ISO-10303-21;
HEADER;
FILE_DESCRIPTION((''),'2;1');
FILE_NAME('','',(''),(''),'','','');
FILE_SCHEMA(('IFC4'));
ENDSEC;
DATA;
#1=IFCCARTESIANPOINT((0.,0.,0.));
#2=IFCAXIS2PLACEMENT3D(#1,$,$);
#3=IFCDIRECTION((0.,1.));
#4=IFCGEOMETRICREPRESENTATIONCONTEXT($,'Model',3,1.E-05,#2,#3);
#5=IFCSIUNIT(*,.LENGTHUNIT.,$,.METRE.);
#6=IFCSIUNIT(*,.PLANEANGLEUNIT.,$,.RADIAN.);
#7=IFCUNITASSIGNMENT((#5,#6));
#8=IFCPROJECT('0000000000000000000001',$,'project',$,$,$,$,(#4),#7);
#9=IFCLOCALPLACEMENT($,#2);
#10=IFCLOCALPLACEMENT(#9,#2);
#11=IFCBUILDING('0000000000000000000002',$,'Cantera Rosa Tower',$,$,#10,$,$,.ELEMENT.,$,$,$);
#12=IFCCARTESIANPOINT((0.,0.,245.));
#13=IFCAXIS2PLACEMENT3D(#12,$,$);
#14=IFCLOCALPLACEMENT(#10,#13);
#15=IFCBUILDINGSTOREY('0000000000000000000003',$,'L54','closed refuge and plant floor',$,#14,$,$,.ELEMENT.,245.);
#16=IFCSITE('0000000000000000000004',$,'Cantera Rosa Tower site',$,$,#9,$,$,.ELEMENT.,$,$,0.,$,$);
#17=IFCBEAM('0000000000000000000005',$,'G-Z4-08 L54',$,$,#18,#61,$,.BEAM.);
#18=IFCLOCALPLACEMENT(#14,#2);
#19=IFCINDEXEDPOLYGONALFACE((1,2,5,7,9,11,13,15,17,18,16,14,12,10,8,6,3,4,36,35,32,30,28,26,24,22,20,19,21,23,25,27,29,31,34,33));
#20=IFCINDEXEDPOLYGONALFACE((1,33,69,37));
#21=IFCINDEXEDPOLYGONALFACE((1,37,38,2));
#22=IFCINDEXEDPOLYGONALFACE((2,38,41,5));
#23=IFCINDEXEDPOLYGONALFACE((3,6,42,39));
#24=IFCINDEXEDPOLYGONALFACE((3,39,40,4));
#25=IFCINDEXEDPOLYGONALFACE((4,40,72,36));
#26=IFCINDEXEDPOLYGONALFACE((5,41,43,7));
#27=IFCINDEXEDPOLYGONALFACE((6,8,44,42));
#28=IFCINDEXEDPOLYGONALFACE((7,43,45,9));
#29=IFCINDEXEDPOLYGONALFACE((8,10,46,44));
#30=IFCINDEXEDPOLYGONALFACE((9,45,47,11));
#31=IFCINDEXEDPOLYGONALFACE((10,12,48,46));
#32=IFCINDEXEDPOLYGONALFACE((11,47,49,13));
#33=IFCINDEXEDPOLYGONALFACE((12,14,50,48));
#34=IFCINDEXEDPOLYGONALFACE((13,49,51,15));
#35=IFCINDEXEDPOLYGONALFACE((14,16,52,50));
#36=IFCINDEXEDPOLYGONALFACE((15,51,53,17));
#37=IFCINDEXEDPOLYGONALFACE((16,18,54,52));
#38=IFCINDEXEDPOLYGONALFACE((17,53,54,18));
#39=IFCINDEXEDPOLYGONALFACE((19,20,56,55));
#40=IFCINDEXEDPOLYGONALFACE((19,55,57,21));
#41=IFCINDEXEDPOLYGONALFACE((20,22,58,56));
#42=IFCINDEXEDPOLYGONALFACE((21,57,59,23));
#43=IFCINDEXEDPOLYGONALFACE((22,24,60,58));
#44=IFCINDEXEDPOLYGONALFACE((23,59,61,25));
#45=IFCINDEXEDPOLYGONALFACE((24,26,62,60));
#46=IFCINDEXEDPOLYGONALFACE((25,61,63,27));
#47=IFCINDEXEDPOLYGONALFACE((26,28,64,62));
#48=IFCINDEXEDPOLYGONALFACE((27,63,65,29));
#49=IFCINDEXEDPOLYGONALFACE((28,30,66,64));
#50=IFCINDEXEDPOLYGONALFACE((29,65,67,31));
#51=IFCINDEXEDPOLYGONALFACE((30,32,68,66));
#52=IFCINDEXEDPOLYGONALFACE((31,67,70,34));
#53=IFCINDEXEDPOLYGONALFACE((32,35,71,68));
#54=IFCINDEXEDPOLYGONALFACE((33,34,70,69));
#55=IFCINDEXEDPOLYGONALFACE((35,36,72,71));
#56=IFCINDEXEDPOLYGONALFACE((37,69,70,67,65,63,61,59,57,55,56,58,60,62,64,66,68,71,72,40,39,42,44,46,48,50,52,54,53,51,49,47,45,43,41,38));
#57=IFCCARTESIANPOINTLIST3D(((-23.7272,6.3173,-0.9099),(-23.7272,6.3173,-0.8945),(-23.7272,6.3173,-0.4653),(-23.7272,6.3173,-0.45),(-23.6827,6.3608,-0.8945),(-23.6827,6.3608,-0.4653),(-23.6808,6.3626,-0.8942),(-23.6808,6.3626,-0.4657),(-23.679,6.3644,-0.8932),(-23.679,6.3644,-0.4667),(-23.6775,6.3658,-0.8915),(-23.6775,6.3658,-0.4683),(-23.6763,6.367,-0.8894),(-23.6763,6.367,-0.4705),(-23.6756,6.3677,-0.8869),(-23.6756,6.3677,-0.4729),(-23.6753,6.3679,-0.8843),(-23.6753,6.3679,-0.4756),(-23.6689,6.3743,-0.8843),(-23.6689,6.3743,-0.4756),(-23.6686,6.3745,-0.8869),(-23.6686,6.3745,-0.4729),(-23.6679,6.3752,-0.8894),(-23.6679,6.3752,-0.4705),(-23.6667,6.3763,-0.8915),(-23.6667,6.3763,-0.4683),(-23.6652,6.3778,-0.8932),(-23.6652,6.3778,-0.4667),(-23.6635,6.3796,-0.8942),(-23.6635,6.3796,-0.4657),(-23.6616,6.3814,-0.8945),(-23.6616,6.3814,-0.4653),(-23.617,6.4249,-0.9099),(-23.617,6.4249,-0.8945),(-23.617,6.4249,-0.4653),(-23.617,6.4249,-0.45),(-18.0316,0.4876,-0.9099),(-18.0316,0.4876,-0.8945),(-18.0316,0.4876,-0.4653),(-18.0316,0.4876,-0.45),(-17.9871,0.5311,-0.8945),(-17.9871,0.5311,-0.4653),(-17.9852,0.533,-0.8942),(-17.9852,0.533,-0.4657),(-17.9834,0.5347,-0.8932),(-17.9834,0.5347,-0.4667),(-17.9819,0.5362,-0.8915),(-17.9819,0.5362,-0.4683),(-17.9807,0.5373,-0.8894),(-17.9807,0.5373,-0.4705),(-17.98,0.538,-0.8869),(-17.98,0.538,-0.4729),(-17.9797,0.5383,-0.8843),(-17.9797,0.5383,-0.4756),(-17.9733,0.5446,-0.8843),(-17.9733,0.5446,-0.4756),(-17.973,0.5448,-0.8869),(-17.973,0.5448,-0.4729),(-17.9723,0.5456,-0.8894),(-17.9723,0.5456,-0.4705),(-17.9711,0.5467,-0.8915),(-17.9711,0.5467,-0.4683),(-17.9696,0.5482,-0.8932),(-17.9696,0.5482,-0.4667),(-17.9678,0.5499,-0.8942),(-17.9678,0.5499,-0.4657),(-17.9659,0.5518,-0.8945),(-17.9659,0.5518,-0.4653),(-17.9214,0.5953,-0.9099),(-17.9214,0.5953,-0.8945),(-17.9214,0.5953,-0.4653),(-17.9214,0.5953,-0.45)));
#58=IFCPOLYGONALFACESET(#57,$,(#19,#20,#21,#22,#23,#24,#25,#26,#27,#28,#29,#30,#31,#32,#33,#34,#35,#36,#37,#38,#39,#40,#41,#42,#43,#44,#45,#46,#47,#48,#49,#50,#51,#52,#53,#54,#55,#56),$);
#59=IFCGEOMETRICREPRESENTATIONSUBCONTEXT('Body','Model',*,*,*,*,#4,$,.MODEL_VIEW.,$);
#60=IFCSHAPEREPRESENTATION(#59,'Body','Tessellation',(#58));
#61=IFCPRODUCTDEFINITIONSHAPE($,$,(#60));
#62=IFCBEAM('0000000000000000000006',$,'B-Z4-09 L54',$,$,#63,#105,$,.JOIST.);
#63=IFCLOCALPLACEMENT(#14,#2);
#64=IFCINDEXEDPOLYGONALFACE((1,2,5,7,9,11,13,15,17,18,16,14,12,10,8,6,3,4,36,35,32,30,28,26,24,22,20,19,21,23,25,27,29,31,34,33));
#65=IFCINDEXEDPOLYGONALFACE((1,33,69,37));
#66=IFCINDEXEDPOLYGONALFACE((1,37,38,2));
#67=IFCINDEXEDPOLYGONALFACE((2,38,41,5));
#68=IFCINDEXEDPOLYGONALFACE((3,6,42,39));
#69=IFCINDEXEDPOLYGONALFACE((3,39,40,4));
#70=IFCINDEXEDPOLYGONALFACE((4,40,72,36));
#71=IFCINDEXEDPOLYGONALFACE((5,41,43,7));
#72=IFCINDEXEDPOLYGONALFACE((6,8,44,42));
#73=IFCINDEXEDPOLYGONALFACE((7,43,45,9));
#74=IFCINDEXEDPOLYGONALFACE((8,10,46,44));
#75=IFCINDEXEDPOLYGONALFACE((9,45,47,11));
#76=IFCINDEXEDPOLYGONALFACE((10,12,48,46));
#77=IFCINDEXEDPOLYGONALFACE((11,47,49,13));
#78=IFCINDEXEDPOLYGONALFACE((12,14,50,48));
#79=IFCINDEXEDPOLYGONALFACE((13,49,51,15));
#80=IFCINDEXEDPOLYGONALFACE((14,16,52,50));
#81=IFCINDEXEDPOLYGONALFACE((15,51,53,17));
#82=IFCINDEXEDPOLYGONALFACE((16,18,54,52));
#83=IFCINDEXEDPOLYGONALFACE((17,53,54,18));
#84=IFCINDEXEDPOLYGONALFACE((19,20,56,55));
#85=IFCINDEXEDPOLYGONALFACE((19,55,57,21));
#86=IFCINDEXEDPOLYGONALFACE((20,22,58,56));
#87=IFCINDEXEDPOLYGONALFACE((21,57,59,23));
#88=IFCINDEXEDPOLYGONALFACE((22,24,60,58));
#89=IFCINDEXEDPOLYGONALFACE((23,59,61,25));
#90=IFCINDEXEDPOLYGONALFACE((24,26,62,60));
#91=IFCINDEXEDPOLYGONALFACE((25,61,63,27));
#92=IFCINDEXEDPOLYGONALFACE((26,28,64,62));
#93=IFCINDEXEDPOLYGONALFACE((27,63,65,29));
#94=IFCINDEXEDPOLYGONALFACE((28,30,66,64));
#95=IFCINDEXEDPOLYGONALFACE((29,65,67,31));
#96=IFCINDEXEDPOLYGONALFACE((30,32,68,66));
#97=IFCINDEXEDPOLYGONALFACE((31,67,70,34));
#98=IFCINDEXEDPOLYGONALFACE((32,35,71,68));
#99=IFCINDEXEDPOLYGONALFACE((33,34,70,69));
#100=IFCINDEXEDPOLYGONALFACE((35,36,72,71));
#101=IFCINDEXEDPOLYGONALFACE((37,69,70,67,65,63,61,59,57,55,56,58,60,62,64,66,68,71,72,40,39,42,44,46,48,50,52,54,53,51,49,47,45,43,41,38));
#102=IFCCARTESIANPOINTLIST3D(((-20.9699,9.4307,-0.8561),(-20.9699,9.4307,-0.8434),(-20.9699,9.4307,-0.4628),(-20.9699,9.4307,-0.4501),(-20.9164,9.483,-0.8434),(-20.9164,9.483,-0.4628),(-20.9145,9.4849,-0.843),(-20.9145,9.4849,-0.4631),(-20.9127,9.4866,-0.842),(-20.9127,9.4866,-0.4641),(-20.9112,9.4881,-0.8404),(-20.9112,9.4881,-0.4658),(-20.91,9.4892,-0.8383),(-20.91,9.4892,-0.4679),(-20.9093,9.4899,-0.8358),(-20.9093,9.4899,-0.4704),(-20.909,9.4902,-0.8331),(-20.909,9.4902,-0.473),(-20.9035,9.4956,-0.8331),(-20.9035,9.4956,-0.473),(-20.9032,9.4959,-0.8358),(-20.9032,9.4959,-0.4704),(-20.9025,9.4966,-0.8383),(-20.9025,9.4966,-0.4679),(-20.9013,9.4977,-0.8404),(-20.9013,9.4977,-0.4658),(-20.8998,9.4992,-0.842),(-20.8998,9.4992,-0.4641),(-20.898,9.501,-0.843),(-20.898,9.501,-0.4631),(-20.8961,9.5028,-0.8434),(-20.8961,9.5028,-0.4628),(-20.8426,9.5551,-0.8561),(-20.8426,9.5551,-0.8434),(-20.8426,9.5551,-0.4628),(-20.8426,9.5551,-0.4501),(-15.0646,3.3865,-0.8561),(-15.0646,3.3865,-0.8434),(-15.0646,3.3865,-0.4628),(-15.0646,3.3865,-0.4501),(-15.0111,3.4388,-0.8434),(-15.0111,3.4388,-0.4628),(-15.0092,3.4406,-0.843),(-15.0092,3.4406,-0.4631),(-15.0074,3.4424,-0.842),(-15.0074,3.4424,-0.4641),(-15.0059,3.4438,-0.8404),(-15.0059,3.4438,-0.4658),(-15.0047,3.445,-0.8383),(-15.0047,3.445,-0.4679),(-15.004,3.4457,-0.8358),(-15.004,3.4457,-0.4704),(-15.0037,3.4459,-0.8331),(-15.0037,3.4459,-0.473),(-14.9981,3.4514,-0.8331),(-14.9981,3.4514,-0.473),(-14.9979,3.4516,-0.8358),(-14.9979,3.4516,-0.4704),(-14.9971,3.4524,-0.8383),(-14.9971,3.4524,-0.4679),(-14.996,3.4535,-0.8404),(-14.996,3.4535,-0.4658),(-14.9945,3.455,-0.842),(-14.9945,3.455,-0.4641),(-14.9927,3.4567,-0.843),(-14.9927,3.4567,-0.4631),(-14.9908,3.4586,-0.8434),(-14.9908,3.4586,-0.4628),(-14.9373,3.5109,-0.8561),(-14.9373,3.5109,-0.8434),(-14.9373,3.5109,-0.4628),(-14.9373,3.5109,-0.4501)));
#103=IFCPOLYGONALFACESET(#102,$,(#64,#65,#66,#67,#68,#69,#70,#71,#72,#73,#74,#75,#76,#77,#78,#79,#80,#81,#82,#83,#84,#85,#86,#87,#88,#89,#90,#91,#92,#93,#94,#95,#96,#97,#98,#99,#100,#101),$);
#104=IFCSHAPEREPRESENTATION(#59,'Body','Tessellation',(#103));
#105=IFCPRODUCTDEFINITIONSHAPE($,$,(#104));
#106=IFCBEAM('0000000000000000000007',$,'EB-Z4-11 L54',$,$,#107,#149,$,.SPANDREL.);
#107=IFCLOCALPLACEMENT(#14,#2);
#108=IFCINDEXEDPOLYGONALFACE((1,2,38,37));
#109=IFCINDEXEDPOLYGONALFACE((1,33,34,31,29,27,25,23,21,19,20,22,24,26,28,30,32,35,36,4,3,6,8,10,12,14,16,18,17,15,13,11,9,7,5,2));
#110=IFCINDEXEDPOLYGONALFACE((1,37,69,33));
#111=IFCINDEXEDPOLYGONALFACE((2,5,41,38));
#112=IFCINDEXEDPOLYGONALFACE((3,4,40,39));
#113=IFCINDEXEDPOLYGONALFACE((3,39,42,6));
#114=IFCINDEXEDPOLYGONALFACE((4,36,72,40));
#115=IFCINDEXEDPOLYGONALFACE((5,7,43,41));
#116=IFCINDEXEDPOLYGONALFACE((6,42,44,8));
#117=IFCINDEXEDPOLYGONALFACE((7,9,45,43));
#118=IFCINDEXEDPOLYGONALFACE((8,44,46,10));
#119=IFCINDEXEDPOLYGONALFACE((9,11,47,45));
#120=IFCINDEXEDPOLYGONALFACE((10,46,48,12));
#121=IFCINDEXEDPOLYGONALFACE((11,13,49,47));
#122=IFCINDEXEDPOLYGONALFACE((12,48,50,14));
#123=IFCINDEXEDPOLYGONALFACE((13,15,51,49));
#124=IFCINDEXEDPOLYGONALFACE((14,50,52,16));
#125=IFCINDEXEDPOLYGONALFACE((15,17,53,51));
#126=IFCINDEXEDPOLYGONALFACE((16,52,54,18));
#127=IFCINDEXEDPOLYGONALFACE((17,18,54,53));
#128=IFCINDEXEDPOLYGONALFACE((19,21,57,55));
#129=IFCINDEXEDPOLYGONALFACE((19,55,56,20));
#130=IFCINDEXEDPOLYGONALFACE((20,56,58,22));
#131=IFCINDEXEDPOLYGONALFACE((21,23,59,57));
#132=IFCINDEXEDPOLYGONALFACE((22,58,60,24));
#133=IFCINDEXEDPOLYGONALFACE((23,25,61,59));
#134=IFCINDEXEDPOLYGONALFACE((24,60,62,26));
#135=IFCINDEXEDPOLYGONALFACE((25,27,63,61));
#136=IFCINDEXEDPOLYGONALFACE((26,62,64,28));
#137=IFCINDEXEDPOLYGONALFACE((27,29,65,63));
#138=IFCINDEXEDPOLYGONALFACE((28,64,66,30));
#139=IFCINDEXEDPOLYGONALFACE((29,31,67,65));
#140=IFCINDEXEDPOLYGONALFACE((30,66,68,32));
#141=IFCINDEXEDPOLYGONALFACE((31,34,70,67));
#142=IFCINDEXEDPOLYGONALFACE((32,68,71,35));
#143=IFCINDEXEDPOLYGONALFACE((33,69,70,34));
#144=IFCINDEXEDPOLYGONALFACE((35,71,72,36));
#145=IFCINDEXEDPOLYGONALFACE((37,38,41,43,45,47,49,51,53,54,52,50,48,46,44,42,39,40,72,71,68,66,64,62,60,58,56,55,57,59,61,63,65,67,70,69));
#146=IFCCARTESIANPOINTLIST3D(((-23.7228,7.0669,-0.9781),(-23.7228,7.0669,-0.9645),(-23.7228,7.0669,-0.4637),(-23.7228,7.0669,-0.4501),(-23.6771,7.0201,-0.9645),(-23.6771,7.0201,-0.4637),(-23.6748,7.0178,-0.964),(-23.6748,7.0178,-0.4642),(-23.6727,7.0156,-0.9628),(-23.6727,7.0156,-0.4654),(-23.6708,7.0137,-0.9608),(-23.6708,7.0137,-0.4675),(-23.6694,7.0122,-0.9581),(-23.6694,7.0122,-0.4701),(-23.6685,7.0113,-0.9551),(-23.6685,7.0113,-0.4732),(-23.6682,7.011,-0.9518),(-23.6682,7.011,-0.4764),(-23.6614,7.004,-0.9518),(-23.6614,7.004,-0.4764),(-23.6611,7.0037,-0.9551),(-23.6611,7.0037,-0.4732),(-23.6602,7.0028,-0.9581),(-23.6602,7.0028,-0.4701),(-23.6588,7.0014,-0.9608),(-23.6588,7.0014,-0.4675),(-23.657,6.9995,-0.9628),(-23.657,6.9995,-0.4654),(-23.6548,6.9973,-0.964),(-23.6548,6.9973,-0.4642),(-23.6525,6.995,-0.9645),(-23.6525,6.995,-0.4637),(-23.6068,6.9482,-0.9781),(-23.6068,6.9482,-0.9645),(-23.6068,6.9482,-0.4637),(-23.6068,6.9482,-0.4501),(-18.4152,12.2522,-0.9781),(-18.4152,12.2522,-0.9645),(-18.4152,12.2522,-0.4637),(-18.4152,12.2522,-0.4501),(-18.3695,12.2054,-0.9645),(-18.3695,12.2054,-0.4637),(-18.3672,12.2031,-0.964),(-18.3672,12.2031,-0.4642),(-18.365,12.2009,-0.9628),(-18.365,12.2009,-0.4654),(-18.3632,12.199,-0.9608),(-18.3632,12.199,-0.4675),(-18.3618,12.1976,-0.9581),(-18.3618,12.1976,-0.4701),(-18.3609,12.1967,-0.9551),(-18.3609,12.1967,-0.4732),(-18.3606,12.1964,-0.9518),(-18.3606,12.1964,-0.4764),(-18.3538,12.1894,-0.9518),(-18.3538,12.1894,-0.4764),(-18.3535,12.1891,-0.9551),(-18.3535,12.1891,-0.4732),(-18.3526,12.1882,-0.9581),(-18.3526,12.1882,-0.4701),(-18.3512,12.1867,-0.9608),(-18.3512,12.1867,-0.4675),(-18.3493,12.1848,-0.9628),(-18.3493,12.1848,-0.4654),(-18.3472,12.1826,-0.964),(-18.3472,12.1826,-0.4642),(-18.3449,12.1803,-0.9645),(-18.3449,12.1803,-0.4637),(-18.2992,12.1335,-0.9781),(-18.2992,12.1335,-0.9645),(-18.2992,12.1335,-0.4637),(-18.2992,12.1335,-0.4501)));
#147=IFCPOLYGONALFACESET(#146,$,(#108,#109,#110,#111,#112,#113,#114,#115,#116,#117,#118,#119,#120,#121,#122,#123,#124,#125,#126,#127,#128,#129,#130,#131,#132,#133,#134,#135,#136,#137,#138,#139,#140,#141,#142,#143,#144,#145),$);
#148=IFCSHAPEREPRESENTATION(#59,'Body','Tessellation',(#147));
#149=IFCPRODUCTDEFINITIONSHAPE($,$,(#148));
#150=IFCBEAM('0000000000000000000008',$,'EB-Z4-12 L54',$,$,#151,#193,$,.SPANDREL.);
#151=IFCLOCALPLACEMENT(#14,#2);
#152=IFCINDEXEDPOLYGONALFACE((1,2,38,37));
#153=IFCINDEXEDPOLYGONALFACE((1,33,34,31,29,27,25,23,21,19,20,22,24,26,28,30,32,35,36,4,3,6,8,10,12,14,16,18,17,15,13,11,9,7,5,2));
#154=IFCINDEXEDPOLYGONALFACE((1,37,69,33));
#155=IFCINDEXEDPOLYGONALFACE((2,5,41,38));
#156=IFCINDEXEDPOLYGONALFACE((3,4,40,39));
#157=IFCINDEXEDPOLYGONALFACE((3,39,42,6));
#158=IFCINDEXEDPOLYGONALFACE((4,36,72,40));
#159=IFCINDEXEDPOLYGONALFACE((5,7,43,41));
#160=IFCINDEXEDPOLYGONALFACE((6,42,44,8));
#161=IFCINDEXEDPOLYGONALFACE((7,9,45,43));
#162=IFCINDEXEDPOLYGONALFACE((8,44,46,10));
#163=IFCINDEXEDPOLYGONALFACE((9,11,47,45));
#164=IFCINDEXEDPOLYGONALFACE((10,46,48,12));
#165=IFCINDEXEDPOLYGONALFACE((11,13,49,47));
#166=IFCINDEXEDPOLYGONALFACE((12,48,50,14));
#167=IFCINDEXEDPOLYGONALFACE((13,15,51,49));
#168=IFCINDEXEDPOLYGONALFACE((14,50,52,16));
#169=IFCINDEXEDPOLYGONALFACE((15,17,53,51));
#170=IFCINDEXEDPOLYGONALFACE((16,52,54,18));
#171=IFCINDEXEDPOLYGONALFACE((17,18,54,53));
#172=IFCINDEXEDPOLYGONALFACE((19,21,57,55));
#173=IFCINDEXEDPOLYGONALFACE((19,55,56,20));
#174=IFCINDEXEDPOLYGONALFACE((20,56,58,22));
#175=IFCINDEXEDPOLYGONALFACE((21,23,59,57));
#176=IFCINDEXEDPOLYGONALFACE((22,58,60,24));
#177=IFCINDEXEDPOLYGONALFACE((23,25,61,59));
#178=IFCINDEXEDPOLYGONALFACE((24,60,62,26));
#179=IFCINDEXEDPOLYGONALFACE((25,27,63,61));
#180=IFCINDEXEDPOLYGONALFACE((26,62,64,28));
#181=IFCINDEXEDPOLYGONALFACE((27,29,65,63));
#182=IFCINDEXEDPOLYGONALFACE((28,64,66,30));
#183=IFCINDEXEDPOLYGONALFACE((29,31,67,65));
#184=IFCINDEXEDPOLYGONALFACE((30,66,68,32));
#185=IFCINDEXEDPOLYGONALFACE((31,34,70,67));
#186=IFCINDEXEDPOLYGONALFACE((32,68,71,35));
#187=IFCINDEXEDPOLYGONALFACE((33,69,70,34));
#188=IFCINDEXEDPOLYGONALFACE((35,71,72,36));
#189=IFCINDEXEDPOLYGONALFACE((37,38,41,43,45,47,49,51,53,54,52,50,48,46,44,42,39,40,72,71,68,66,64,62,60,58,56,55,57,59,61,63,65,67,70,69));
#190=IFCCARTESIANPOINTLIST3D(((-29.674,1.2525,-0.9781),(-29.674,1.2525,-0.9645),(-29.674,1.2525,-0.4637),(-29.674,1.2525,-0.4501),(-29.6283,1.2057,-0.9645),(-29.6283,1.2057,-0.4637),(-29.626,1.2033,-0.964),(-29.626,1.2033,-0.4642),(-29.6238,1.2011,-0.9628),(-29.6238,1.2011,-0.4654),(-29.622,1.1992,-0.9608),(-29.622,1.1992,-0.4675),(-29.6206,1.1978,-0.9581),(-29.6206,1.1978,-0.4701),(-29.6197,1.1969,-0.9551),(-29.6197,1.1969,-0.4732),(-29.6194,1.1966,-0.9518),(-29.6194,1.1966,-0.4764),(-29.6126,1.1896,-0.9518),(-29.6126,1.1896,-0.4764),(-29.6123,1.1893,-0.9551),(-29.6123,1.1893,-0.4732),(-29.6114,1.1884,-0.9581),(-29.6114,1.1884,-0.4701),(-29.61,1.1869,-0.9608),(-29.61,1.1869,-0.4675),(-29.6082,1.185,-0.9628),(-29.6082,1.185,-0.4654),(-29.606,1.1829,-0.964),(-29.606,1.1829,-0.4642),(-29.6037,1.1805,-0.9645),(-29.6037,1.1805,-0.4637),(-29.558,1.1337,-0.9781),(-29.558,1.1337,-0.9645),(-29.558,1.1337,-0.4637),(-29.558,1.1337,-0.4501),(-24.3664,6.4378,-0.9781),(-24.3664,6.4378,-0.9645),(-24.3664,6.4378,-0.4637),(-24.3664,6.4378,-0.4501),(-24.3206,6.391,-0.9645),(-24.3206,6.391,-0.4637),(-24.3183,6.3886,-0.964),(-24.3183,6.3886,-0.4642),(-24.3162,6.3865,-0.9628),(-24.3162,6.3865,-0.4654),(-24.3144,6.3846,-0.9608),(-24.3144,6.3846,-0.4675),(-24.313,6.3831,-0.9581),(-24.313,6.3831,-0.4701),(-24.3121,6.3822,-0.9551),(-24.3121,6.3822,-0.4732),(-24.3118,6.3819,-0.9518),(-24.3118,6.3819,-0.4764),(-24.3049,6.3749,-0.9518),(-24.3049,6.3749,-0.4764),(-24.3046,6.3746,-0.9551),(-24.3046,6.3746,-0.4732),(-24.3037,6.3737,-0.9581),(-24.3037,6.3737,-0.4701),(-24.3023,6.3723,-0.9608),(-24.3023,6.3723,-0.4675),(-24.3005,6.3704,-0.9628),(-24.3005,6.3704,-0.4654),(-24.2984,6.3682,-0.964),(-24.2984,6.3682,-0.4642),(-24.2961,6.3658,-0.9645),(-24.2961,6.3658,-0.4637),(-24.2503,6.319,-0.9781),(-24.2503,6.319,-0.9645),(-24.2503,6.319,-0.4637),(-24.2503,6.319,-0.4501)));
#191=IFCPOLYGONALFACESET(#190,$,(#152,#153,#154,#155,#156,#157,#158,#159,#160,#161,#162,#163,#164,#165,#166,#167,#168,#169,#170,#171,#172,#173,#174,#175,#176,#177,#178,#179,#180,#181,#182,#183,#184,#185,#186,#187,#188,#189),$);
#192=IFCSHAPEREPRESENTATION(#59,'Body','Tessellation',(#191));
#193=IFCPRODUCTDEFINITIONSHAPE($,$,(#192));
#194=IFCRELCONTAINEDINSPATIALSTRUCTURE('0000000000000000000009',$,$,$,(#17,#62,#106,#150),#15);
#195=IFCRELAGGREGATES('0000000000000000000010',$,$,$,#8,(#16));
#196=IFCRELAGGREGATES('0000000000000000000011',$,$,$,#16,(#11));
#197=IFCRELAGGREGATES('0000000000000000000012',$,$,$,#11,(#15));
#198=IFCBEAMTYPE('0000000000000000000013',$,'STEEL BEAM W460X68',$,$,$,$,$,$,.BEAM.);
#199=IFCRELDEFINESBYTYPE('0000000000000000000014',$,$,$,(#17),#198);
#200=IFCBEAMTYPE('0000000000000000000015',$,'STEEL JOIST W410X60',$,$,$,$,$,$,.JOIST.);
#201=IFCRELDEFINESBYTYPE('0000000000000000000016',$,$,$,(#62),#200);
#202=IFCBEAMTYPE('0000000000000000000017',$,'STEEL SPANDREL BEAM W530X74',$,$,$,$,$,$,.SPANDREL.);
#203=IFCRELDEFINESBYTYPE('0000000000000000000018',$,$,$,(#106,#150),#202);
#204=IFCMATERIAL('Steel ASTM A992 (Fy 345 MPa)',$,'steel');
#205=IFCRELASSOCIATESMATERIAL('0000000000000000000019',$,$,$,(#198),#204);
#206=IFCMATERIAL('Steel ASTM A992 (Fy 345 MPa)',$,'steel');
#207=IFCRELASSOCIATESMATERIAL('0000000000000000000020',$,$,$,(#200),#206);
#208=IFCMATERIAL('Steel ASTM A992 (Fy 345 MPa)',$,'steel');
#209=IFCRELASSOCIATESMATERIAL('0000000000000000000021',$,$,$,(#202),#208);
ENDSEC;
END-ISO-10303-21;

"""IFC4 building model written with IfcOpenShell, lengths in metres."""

from ifc_helpers import new_model, si_unit, direction, frame, origin, origin_2d, place, context, subcontext, project, spatial, i_section, extrude, material, material_profile, profile_set, type_object, element, save


model = new_model("IFC4")

# Units and contexts
model_context = context("Model", 3, precision=1e-05, world=origin(), true_north=direction((0.0, 1.0)))
body_context = subcontext(model_context, "Body", "Model", "MODEL_VIEW")
ifc_project = project(units=[si_unit("LENGTHUNIT", "METRE"), si_unit("PLANEANGLEUNIT", "RADIAN")], contexts=[model_context])

# Site, building, storey
site_placement = place(None, origin())
site = spatial("IfcSite", under=ifc_project, at=site_placement, Name="Cantera Rosa Tower site", CompositionType="ELEMENT", RefElevation=0.0)
building_placement = place(site_placement, origin())
building = spatial("IfcBuilding", under=site, at=building_placement, Name="Cantera Rosa Tower", CompositionType="ELEMENT")
storey_placement = place(building_placement, frame((0.0, 0.0, 245.0)))
storey = spatial("IfcBuildingStorey", under=building, at=storey_placement, Name="L54", Description="closed refuge and plant floor", CompositionType="ELEMENT", Elevation=245.0)

# Beams
ifc_material_1 = material(Name="Steel ASTM A992 (Fy 345 MPa)", Category="steel")
ifc_material_profile_1 = material_profile(ifc_material_1, i_section(OverallWidth=0.1541, OverallDepth=0.46, WebThickness=0.009, FlangeThickness=0.0154, FilletRadius=0.0103, at=origin_2d()), Name="W460X68")
ifc_profile_set_1 = profile_set([ifc_material_profile_1], Name="Steel ASTM A992 (Fy 345 MPa)")
beam_type_1 = type_object("IfcBeamType", Name="STEEL BEAM W460X68", PredefinedType="BEAM", material=ifc_profile_set_1)
beam_1_placement = place(storey_placement, frame((-23.6721, 6.3711, -0.6799), z_axis=(0.698836, -0.715282, 0.0), x_axis=(0.715282, 0.698836, 0.0)))
element("IfcBeam", 1, at=beam_1_placement, inside=storey, type_object=beam_type_1, Name="G-Z4-08 L54", PredefinedType="BEAM", context=body_context, shape_type="SweptSolid", body=[
    extrude(i_section(OverallWidth=0.1541, OverallDepth=0.46, WebThickness=0.009, FlangeThickness=0.0154, FilletRadius=0.0103, at=origin_2d()), origin(), (0.0, 0.0, 1.0), 8.1501),
])
ifc_material_2 = material(Name="Steel ASTM A992 (Fy 345 MPa)", Category="steel")
ifc_material_profile_2 = material_profile(ifc_material_2, i_section(OverallWidth=0.178, OverallDepth=0.406, WebThickness=0.0078, FlangeThickness=0.0127, FilletRadius=0.0103, at=origin_2d()), Name="W410X60")
ifc_profile_set_2 = profile_set([ifc_material_profile_2], Name="Steel ASTM A992 (Fy 345 MPa)")
beam_type_2 = type_object("IfcBeamType", Name="STEEL JOIST W410X60", PredefinedType="JOIST", material=ifc_profile_set_2)
beam_2_placement = place(storey_placement, frame((-20.9062, 9.4929, -0.6531), z_axis=(0.698839, -0.715279, 0.0), x_axis=(0.715279, 0.698839, 0.0)))
element("IfcBeam", 2, at=beam_2_placement, inside=storey, type_object=beam_type_2, Name="B-Z4-09 L54", PredefinedType="JOIST", context=body_context, shape_type="SweptSolid", body=[
    extrude(i_section(OverallWidth=0.178, OverallDepth=0.406, WebThickness=0.0078, FlangeThickness=0.0127, FilletRadius=0.0103, at=origin_2d()), origin(), (0.0, 0.0, 1.0), 8.4502),
])
ifc_material_3 = material(Name="Steel ASTM A992 (Fy 345 MPa)", Category="steel")
ifc_material_profile_3 = material_profile(ifc_material_3, i_section(OverallWidth=0.166, OverallDepth=0.5281, WebThickness=0.0098, FlangeThickness=0.0137, FilletRadius=0.0127, at=origin_2d()), Name="W530X74")
ifc_profile_set_3 = profile_set([ifc_material_profile_3], Name="Steel ASTM A992 (Fy 345 MPa)")
beam_type_3 = type_object("IfcBeamType", Name="STEEL SPANDREL BEAM W530X74", PredefinedType="SPANDREL", material=ifc_profile_set_3)
for number, where, z_axis, x_axis, name in (
    (3, (-18.3572, 12.1929, -0.7141), (-0.715301, -0.698817, 0.0), (0.698817, -0.715301, 0.0), "EB-Z4-11 L54"),
    (4, (-24.3083, 6.3784, -0.7141), (-0.715301, -0.698817, 0.0), (0.698817, -0.715301, 0.0), "EB-Z4-12 L54"),
):
    element("IfcBeam", number, at=place(storey_placement, frame(where, z_axis=z_axis, x_axis=x_axis)), inside=storey, type_object=beam_type_3, Name=name, PredefinedType="SPANDREL", context=body_context, shape_type="SweptSolid", body=[
        extrude(i_section(OverallWidth=0.166, OverallDepth=0.5281, WebThickness=0.0098, FlangeThickness=0.0137, FilletRadius=0.0127, at=origin_2d()), origin(), (0.0, 0.0, 1.0), 7.4202),
    ])

save(model, "model.ifc")
